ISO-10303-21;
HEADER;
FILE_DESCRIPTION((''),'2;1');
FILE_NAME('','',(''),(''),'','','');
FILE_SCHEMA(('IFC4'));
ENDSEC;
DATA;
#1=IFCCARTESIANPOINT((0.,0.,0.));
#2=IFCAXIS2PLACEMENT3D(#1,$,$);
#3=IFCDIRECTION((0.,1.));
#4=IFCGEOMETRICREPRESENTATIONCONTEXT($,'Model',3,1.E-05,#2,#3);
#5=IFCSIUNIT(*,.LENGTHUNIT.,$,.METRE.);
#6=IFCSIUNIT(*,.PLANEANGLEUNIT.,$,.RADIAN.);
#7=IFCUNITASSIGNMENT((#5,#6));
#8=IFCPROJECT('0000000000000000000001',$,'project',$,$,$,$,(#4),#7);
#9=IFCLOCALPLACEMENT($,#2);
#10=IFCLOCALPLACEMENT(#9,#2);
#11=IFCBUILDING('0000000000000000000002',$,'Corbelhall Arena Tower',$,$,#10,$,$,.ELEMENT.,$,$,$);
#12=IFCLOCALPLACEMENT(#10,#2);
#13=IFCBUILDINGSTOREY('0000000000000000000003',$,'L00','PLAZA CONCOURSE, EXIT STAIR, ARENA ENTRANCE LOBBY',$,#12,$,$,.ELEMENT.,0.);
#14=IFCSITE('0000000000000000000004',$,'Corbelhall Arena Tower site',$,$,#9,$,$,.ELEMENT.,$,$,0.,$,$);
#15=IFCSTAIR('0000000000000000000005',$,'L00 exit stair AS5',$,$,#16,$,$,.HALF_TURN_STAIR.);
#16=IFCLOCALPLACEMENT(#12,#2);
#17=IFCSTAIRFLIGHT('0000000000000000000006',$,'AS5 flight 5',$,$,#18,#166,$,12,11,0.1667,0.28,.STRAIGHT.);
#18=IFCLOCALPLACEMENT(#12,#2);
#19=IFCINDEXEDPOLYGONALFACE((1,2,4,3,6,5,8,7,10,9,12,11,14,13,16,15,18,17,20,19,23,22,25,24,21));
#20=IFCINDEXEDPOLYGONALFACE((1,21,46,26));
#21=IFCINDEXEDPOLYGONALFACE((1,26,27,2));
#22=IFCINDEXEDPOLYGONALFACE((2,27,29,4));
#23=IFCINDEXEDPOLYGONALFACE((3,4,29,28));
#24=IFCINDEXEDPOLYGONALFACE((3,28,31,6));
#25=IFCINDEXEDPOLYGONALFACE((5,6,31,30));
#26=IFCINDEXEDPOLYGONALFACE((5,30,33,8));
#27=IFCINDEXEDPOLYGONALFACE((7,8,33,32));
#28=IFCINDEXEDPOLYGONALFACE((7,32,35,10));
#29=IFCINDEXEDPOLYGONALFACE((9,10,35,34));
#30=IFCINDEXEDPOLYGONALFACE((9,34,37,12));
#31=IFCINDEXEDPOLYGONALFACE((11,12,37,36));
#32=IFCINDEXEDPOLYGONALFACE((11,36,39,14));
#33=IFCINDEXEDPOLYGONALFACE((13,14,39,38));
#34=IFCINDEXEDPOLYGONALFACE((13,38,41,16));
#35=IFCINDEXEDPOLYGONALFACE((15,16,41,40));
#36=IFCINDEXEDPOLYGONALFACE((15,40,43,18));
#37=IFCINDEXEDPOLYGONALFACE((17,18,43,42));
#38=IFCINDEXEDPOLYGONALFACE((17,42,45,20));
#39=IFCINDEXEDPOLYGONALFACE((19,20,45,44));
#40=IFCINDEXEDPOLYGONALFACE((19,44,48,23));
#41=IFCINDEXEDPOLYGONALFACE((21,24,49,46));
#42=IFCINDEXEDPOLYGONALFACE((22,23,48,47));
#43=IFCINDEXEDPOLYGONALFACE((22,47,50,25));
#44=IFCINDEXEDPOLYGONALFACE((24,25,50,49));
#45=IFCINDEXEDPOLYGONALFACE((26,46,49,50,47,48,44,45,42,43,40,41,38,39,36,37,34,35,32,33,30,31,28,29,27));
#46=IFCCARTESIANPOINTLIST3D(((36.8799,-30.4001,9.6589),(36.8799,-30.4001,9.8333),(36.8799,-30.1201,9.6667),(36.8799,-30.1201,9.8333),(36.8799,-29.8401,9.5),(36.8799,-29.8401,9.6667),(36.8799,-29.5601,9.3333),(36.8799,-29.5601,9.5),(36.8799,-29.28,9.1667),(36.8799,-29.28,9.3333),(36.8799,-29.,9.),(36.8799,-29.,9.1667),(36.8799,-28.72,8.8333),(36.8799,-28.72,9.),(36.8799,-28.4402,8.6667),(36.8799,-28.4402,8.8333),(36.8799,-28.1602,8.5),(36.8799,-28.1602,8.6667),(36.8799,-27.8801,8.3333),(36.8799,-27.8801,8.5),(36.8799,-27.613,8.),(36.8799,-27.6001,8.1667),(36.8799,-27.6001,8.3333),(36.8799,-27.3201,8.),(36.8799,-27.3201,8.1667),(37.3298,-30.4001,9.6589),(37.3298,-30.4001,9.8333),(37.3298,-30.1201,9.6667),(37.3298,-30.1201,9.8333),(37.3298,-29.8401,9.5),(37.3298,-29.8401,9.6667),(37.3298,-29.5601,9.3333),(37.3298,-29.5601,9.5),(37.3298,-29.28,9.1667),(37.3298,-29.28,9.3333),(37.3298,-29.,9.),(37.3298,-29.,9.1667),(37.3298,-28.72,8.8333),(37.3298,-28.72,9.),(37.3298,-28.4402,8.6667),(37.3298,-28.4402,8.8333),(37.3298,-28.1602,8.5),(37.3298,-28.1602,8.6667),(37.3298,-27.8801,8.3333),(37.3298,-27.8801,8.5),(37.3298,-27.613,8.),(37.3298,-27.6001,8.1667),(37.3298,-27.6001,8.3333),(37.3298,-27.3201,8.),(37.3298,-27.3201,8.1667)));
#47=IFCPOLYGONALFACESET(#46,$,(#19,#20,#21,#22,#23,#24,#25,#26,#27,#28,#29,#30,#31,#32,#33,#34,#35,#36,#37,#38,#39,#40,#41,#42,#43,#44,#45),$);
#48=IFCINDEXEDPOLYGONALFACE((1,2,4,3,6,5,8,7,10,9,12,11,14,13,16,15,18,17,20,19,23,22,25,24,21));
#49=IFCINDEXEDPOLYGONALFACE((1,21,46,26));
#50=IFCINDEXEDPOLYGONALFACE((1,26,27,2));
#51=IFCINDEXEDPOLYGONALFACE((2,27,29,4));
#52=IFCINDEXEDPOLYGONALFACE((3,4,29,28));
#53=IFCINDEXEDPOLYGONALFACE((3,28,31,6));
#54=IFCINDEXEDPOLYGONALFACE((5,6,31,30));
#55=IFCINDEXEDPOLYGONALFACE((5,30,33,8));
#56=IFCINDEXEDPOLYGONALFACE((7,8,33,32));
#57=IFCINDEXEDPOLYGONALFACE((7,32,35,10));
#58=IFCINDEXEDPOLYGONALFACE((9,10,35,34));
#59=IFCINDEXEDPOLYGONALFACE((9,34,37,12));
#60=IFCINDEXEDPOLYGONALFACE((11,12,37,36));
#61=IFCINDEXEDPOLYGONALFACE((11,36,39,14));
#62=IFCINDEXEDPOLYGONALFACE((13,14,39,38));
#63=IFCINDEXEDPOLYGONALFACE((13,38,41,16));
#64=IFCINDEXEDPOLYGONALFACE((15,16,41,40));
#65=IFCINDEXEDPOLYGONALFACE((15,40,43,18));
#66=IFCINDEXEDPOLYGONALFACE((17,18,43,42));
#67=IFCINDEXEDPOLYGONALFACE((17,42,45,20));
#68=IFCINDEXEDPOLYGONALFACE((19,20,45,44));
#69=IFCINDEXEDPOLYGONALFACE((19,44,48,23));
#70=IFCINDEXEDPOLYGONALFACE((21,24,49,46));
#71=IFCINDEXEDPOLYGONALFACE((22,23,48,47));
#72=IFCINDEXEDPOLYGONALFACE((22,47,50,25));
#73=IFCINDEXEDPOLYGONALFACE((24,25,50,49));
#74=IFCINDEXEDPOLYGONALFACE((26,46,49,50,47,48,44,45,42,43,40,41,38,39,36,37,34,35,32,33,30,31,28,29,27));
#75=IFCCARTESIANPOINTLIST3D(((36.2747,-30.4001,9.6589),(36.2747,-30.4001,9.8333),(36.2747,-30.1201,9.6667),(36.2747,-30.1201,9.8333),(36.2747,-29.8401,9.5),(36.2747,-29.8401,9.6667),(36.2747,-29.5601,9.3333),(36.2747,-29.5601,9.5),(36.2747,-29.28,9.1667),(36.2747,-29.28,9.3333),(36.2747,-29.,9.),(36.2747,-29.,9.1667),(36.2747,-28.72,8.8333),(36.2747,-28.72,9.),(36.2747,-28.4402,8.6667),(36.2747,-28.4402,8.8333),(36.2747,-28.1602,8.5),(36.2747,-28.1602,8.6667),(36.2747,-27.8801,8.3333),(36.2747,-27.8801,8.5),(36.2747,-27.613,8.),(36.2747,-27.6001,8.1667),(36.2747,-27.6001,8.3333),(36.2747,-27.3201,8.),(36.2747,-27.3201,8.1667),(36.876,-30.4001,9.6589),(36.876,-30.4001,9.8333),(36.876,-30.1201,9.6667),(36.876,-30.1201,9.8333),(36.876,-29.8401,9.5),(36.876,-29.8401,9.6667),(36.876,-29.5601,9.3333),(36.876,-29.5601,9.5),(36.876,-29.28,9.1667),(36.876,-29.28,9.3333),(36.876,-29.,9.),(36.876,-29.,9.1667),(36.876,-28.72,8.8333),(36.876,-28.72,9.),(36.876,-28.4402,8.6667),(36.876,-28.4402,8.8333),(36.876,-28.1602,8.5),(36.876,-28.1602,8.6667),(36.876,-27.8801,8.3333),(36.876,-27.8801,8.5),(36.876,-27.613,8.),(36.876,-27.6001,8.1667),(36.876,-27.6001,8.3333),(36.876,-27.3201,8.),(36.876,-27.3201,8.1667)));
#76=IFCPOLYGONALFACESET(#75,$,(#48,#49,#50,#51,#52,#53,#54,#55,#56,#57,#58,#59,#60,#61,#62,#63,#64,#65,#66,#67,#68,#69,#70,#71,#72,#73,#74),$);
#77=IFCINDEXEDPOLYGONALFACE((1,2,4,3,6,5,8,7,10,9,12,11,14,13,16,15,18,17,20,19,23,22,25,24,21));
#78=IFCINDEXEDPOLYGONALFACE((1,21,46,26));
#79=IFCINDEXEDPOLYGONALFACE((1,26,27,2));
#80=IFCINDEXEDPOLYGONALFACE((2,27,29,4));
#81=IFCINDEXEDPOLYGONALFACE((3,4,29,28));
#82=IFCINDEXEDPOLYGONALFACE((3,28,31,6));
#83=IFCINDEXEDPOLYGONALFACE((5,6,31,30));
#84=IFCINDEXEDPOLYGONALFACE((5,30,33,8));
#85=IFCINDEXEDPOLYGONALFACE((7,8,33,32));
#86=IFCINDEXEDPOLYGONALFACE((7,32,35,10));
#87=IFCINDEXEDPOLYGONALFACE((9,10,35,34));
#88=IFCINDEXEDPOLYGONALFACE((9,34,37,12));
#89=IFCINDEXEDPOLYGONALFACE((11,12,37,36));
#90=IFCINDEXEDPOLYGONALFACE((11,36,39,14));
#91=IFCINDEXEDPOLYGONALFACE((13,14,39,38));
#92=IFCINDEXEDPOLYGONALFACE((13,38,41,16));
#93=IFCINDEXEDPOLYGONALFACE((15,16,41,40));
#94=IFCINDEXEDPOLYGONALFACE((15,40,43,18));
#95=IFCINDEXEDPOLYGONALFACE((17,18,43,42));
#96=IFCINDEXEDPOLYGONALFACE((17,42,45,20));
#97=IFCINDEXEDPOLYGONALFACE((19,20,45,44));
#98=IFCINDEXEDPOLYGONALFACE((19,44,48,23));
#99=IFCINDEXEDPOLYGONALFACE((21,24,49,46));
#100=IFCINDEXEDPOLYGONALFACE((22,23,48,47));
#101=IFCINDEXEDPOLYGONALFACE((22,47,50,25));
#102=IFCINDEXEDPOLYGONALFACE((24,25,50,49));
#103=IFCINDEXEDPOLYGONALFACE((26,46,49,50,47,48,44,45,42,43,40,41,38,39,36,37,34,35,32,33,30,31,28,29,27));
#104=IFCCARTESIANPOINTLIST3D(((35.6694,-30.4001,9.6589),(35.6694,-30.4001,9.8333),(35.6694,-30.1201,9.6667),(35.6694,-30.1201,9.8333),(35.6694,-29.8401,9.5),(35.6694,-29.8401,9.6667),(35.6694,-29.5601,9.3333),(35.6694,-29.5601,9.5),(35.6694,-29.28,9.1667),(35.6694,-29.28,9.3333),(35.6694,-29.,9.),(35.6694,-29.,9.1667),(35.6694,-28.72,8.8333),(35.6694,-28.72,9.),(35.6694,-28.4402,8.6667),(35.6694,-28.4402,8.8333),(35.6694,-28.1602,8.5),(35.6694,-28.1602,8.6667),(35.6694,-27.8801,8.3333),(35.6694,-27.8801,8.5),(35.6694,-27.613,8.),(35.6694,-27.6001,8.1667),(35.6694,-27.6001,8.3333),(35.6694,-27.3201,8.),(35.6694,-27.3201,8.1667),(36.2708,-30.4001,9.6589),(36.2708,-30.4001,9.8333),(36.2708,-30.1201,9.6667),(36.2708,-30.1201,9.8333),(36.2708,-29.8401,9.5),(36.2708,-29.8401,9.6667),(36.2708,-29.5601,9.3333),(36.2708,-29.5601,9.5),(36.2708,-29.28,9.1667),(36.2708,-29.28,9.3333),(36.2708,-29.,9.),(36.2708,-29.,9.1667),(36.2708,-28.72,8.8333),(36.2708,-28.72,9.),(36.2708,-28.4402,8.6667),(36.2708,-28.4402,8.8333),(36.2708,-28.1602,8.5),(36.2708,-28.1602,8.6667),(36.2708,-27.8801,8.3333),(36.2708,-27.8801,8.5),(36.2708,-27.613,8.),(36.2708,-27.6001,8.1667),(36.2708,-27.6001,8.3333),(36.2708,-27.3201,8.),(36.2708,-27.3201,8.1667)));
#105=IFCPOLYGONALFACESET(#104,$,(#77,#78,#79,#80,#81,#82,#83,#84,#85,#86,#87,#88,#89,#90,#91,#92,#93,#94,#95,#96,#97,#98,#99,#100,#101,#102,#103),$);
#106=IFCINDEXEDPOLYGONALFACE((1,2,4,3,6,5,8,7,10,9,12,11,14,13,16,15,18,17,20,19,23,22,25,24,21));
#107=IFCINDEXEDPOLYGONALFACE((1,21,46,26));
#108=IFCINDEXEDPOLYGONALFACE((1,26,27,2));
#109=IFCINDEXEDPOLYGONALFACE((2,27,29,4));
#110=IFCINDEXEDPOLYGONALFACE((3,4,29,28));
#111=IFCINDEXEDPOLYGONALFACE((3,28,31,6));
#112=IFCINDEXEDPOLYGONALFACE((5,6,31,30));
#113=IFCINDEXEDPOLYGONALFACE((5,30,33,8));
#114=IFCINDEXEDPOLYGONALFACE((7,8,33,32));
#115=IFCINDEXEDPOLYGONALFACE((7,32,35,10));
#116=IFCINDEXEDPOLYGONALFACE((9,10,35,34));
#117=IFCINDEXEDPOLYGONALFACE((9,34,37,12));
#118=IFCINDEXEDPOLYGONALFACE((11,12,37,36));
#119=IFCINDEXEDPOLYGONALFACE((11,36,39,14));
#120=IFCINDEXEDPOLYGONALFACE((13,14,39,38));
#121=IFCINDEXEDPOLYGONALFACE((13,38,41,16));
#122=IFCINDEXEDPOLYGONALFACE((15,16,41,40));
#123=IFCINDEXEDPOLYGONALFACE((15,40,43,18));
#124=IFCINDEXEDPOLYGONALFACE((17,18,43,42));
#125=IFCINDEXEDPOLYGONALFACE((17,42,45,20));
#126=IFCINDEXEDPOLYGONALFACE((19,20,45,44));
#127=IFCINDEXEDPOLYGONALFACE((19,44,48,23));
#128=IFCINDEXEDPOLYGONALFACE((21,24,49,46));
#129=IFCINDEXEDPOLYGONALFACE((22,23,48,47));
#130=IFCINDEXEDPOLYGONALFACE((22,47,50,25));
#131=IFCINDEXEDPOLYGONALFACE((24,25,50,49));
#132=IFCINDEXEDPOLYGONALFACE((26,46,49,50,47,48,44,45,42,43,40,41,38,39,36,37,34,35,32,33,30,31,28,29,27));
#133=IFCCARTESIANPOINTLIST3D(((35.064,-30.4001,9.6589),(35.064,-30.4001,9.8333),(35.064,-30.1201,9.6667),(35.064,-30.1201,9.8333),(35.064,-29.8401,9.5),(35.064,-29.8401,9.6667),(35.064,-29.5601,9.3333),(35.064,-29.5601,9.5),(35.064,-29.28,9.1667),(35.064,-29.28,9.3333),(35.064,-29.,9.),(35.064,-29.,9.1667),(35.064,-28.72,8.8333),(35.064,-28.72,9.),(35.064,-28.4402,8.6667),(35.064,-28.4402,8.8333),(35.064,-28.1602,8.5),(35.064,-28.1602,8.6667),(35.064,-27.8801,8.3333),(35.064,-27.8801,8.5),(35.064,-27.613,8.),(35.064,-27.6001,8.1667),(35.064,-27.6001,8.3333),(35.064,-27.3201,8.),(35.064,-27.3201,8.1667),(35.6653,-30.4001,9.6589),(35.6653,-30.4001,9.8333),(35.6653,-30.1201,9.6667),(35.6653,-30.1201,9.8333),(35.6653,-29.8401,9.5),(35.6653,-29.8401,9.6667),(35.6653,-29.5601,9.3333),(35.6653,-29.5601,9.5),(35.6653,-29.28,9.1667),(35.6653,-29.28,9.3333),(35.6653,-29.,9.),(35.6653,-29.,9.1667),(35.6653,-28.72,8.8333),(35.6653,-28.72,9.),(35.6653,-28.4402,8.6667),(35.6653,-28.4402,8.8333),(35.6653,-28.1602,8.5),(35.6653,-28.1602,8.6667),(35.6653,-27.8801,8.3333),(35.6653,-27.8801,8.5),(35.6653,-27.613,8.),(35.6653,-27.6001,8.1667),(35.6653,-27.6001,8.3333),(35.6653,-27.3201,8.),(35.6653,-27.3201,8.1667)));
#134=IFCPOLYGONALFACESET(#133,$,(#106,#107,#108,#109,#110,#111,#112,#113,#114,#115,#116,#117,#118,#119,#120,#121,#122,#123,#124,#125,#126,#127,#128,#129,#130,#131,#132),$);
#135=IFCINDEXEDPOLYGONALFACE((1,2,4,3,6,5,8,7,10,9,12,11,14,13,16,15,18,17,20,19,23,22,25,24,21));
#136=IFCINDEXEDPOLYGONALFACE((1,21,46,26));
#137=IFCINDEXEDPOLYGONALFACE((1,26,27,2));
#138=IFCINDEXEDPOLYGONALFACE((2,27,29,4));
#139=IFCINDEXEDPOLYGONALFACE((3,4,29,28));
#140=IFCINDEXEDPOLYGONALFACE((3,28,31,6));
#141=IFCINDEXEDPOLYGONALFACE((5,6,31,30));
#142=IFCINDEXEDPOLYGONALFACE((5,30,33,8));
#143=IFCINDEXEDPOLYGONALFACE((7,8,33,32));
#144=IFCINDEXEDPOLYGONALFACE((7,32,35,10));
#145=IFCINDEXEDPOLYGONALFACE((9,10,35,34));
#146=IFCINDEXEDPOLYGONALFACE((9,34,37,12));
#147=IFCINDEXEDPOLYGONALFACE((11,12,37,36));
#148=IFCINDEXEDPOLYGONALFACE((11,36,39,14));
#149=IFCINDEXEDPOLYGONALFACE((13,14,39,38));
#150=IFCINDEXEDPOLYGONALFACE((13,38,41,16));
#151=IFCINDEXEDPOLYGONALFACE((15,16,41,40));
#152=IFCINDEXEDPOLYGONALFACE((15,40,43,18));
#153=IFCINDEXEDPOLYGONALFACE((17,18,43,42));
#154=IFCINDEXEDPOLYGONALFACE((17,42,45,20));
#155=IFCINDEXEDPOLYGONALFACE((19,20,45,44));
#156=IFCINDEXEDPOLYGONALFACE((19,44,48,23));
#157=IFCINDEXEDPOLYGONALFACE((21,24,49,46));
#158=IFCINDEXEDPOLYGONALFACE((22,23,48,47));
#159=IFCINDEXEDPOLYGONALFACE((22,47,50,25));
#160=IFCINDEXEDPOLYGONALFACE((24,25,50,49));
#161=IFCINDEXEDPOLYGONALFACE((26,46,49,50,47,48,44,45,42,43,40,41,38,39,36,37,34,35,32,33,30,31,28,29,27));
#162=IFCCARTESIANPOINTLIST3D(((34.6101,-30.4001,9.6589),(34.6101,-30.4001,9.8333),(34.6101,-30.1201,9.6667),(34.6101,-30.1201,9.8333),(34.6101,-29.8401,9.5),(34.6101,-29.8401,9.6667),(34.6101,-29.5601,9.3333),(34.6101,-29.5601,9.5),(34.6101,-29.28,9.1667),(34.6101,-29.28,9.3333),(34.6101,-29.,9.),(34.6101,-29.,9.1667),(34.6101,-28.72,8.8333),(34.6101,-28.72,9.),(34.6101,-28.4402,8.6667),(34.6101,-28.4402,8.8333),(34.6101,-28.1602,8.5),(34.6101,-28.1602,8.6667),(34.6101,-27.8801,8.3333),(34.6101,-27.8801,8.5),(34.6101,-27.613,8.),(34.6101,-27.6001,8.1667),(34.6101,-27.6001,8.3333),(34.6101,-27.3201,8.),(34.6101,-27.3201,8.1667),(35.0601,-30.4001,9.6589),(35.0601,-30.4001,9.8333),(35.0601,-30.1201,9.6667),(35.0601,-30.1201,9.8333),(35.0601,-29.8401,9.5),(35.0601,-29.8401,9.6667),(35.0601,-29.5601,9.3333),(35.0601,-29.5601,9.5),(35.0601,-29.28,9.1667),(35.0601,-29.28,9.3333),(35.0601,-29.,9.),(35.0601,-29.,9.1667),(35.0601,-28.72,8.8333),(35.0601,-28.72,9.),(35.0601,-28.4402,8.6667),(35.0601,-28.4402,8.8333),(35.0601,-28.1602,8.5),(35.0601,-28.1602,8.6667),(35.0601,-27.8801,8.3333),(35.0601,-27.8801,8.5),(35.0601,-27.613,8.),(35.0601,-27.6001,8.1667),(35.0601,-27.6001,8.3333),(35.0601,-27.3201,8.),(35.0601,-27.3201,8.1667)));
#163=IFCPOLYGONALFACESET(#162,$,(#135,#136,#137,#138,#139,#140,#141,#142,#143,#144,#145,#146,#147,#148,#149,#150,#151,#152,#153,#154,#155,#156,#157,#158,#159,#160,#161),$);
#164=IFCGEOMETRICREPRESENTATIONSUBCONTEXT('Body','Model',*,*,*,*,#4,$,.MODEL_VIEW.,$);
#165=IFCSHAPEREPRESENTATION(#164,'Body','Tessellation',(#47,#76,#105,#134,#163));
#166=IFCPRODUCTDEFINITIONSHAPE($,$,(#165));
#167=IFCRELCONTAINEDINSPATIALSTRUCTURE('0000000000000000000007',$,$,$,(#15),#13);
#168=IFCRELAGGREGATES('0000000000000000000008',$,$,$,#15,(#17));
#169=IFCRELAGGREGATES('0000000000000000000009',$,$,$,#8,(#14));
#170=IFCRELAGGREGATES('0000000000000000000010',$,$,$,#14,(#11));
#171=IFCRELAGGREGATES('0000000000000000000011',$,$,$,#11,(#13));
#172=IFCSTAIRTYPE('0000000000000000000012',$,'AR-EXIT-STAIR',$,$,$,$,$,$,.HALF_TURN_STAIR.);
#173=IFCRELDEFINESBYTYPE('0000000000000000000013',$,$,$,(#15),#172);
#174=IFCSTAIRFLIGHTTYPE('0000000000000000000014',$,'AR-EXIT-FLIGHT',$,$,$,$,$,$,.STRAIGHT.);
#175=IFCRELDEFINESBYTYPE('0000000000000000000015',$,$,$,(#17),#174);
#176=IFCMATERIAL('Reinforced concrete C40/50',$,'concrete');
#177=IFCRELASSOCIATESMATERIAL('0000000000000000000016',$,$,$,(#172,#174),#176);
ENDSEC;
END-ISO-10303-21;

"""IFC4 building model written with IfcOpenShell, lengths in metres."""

from ifc_helpers import new_model, si_unit, direction, frame, origin, place, context, subcontext, project, spatial, polyline, outline, extrude, material, type_object, element, aggregate, save


model = new_model("IFC4")

# Units and contexts
model_context = context("Model", 3, precision=1e-05, world=origin(), true_north=direction((0.0, 1.0)))
body_context = subcontext(model_context, "Body", "Model", "MODEL_VIEW")
ifc_project = project(units=[si_unit("LENGTHUNIT", "METRE"), si_unit("PLANEANGLEUNIT", "RADIAN")], contexts=[model_context])

# Site, building, storey
site_placement = place(None, origin())
site = spatial("IfcSite", under=ifc_project, at=site_placement, Name="Corbelhall Arena Tower site", CompositionType="ELEMENT", RefElevation=0.0)
building_placement = place(site_placement, origin())
building = spatial("IfcBuilding", under=site, at=building_placement, Name="Corbelhall Arena Tower", CompositionType="ELEMENT")
storey_placement = place(building_placement, origin())
storey = spatial("IfcBuildingStorey", under=building, at=storey_placement, Name="L00", Description="PLAZA CONCOURSE, EXIT STAIR, ARENA ENTRANCE LOBBY", CompositionType="ELEMENT", Elevation=0.0)

# Stair, stair flight
ifc_material_1 = material(Name="Reinforced concrete C40/50", Category="concrete")
stair_type = type_object("IfcStairType", Name="AR-EXIT-STAIR", PredefinedType="HALF_TURN_STAIR", material=ifc_material_1)
stair_1_placement = place(storey_placement, origin())
stair_1 = element("IfcStair", 1, at=stair_1_placement, inside=storey, type_object=stair_type, Name="L00 exit stair AS5", PredefinedType="HALF_TURN_STAIR")
stair_flight_type = type_object("IfcStairFlightType", Name="AR-EXIT-FLIGHT", PredefinedType="STRAIGHT", material=ifc_material_1)
stair_flight_1_placement = place(storey_placement, frame((35.97, -27.3201, 8.0), z_axis=(0.0, 0.0, 1.0), x_axis=(0.0, -1.0, 0.0)))
stair_flight_1 = element("IfcStairFlight", 2, at=stair_flight_1_placement, type_object=stair_flight_type, Name="AS5 flight 5", NumberOfRisers=12, NumberOfTreads=11, PredefinedType="STRAIGHT", RiserHeight=0.1667, TreadLength=0.28, context=body_context, shape_type="SweptSolid", body=[
    extrude(outline(polyline([(0.0, 0.0), (0.0, 0.1667), (0.28, 0.1667), (0.28, 0.3333), (0.5601, 0.3333), (0.5601, 0.5), (0.8401, 0.5), (0.8401, 0.6667), (1.1201, 0.6667), (1.1201, 0.8333), (1.3999, 0.8333), (1.3999, 1.0), (1.6799, 1.0), (1.6799, 1.1667), (1.96, 1.1667), (1.96, 1.3333), (2.24, 1.3333), (2.24, 1.5), (2.52, 1.5), (2.52, 1.6667), (2.8, 1.6667), (2.8, 1.8333), (3.0801, 1.8333), (3.0801, 2.0), (3.0801, 1.6589), (0.293, 0.0), (0.0, 0.0)])), frame((0.0, 1.3599, 0.0), z_axis=(0.0, -1.0, 0.0), x_axis=(1.0, 0.0, 0.0)), (0.0, 0.0, 1.0), 0.45),
    extrude(outline(polyline([(0.0, 0.0), (0.0, 0.1667), (0.28, 0.1667), (0.28, 0.3333), (0.5601, 0.3333), (0.5601, 0.5), (0.8401, 0.5), (0.8401, 0.6667), (1.1201, 0.6667), (1.1201, 0.8333), (1.3999, 0.8333), (1.3999, 1.0), (1.6799, 1.0), (1.6799, 1.1667), (1.96, 1.1667), (1.96, 1.3333), (2.24, 1.3333), (2.24, 1.5), (2.52, 1.5), (2.52, 1.6667), (2.8, 1.6667), (2.8, 1.8333), (3.0801, 1.8333), (3.0801, 2.0), (3.0801, 1.6589), (0.293, 0.0), (0.0, 0.0)])), frame((0.0, 0.906, 0.0), z_axis=(0.0, -1.0, 0.0), x_axis=(1.0, 0.0, 0.0)), (0.0, 0.0, 1.0), 0.6013),
    extrude(outline(polyline([(0.0, 0.0), (0.0, 0.1667), (0.28, 0.1667), (0.28, 0.3333), (0.5601, 0.3333), (0.5601, 0.5), (0.8401, 0.5), (0.8401, 0.6667), (1.1201, 0.6667), (1.1201, 0.8333), (1.3999, 0.8333), (1.3999, 1.0), (1.6799, 1.0), (1.6799, 1.1667), (1.96, 1.1667), (1.96, 1.3333), (2.24, 1.3333), (2.24, 1.5), (2.52, 1.5), (2.52, 1.6667), (2.8, 1.6667), (2.8, 1.8333), (3.0801, 1.8333), (3.0801, 2.0), (3.0801, 1.6589), (0.293, 0.0), (0.0, 0.0)])), frame((0.0, 0.3008, 0.0), z_axis=(0.0, -1.0, 0.0), x_axis=(1.0, 0.0, 0.0)), (0.0, 0.0, 1.0), 0.6013),
    extrude(outline(polyline([(0.0, 0.0), (0.0, 0.1667), (0.28, 0.1667), (0.28, 0.3333), (0.5601, 0.3333), (0.5601, 0.5), (0.8401, 0.5), (0.8401, 0.6667), (1.1201, 0.6667), (1.1201, 0.8333), (1.3999, 0.8333), (1.3999, 1.0), (1.6799, 1.0), (1.6799, 1.1667), (1.96, 1.1667), (1.96, 1.3333), (2.24, 1.3333), (2.24, 1.5), (2.52, 1.5), (2.52, 1.6667), (2.8, 1.6667), (2.8, 1.8333), (3.0801, 1.8333), (3.0801, 2.0), (3.0801, 1.6589), (0.293, 0.0), (0.0, 0.0)])), frame((0.0, -0.3047, 0.0), z_axis=(0.0, -1.0, 0.0), x_axis=(1.0, 0.0, 0.0)), (0.0, 0.0, 1.0), 0.6013),
    extrude(outline(polyline([(0.0, 0.0), (0.0, 0.1667), (0.28, 0.1667), (0.28, 0.3333), (0.5601, 0.3333), (0.5601, 0.5), (0.8401, 0.5), (0.8401, 0.6667), (1.1201, 0.6667), (1.1201, 0.8333), (1.3999, 0.8333), (1.3999, 1.0), (1.6799, 1.0), (1.6799, 1.1667), (1.96, 1.1667), (1.96, 1.3333), (2.24, 1.3333), (2.24, 1.5), (2.52, 1.5), (2.52, 1.6667), (2.8, 1.6667), (2.8, 1.8333), (3.0801, 1.8333), (3.0801, 2.0), (3.0801, 1.6589), (0.293, 0.0), (0.0, 0.0)])), frame((0.0, -0.9099, 0.0), z_axis=(0.0, -1.0, 0.0), x_axis=(1.0, 0.0, 0.0)), (0.0, 0.0, 1.0), 0.45),
])
aggregate(stair_1, [stair_flight_1])

save(model, "model.ifc")
